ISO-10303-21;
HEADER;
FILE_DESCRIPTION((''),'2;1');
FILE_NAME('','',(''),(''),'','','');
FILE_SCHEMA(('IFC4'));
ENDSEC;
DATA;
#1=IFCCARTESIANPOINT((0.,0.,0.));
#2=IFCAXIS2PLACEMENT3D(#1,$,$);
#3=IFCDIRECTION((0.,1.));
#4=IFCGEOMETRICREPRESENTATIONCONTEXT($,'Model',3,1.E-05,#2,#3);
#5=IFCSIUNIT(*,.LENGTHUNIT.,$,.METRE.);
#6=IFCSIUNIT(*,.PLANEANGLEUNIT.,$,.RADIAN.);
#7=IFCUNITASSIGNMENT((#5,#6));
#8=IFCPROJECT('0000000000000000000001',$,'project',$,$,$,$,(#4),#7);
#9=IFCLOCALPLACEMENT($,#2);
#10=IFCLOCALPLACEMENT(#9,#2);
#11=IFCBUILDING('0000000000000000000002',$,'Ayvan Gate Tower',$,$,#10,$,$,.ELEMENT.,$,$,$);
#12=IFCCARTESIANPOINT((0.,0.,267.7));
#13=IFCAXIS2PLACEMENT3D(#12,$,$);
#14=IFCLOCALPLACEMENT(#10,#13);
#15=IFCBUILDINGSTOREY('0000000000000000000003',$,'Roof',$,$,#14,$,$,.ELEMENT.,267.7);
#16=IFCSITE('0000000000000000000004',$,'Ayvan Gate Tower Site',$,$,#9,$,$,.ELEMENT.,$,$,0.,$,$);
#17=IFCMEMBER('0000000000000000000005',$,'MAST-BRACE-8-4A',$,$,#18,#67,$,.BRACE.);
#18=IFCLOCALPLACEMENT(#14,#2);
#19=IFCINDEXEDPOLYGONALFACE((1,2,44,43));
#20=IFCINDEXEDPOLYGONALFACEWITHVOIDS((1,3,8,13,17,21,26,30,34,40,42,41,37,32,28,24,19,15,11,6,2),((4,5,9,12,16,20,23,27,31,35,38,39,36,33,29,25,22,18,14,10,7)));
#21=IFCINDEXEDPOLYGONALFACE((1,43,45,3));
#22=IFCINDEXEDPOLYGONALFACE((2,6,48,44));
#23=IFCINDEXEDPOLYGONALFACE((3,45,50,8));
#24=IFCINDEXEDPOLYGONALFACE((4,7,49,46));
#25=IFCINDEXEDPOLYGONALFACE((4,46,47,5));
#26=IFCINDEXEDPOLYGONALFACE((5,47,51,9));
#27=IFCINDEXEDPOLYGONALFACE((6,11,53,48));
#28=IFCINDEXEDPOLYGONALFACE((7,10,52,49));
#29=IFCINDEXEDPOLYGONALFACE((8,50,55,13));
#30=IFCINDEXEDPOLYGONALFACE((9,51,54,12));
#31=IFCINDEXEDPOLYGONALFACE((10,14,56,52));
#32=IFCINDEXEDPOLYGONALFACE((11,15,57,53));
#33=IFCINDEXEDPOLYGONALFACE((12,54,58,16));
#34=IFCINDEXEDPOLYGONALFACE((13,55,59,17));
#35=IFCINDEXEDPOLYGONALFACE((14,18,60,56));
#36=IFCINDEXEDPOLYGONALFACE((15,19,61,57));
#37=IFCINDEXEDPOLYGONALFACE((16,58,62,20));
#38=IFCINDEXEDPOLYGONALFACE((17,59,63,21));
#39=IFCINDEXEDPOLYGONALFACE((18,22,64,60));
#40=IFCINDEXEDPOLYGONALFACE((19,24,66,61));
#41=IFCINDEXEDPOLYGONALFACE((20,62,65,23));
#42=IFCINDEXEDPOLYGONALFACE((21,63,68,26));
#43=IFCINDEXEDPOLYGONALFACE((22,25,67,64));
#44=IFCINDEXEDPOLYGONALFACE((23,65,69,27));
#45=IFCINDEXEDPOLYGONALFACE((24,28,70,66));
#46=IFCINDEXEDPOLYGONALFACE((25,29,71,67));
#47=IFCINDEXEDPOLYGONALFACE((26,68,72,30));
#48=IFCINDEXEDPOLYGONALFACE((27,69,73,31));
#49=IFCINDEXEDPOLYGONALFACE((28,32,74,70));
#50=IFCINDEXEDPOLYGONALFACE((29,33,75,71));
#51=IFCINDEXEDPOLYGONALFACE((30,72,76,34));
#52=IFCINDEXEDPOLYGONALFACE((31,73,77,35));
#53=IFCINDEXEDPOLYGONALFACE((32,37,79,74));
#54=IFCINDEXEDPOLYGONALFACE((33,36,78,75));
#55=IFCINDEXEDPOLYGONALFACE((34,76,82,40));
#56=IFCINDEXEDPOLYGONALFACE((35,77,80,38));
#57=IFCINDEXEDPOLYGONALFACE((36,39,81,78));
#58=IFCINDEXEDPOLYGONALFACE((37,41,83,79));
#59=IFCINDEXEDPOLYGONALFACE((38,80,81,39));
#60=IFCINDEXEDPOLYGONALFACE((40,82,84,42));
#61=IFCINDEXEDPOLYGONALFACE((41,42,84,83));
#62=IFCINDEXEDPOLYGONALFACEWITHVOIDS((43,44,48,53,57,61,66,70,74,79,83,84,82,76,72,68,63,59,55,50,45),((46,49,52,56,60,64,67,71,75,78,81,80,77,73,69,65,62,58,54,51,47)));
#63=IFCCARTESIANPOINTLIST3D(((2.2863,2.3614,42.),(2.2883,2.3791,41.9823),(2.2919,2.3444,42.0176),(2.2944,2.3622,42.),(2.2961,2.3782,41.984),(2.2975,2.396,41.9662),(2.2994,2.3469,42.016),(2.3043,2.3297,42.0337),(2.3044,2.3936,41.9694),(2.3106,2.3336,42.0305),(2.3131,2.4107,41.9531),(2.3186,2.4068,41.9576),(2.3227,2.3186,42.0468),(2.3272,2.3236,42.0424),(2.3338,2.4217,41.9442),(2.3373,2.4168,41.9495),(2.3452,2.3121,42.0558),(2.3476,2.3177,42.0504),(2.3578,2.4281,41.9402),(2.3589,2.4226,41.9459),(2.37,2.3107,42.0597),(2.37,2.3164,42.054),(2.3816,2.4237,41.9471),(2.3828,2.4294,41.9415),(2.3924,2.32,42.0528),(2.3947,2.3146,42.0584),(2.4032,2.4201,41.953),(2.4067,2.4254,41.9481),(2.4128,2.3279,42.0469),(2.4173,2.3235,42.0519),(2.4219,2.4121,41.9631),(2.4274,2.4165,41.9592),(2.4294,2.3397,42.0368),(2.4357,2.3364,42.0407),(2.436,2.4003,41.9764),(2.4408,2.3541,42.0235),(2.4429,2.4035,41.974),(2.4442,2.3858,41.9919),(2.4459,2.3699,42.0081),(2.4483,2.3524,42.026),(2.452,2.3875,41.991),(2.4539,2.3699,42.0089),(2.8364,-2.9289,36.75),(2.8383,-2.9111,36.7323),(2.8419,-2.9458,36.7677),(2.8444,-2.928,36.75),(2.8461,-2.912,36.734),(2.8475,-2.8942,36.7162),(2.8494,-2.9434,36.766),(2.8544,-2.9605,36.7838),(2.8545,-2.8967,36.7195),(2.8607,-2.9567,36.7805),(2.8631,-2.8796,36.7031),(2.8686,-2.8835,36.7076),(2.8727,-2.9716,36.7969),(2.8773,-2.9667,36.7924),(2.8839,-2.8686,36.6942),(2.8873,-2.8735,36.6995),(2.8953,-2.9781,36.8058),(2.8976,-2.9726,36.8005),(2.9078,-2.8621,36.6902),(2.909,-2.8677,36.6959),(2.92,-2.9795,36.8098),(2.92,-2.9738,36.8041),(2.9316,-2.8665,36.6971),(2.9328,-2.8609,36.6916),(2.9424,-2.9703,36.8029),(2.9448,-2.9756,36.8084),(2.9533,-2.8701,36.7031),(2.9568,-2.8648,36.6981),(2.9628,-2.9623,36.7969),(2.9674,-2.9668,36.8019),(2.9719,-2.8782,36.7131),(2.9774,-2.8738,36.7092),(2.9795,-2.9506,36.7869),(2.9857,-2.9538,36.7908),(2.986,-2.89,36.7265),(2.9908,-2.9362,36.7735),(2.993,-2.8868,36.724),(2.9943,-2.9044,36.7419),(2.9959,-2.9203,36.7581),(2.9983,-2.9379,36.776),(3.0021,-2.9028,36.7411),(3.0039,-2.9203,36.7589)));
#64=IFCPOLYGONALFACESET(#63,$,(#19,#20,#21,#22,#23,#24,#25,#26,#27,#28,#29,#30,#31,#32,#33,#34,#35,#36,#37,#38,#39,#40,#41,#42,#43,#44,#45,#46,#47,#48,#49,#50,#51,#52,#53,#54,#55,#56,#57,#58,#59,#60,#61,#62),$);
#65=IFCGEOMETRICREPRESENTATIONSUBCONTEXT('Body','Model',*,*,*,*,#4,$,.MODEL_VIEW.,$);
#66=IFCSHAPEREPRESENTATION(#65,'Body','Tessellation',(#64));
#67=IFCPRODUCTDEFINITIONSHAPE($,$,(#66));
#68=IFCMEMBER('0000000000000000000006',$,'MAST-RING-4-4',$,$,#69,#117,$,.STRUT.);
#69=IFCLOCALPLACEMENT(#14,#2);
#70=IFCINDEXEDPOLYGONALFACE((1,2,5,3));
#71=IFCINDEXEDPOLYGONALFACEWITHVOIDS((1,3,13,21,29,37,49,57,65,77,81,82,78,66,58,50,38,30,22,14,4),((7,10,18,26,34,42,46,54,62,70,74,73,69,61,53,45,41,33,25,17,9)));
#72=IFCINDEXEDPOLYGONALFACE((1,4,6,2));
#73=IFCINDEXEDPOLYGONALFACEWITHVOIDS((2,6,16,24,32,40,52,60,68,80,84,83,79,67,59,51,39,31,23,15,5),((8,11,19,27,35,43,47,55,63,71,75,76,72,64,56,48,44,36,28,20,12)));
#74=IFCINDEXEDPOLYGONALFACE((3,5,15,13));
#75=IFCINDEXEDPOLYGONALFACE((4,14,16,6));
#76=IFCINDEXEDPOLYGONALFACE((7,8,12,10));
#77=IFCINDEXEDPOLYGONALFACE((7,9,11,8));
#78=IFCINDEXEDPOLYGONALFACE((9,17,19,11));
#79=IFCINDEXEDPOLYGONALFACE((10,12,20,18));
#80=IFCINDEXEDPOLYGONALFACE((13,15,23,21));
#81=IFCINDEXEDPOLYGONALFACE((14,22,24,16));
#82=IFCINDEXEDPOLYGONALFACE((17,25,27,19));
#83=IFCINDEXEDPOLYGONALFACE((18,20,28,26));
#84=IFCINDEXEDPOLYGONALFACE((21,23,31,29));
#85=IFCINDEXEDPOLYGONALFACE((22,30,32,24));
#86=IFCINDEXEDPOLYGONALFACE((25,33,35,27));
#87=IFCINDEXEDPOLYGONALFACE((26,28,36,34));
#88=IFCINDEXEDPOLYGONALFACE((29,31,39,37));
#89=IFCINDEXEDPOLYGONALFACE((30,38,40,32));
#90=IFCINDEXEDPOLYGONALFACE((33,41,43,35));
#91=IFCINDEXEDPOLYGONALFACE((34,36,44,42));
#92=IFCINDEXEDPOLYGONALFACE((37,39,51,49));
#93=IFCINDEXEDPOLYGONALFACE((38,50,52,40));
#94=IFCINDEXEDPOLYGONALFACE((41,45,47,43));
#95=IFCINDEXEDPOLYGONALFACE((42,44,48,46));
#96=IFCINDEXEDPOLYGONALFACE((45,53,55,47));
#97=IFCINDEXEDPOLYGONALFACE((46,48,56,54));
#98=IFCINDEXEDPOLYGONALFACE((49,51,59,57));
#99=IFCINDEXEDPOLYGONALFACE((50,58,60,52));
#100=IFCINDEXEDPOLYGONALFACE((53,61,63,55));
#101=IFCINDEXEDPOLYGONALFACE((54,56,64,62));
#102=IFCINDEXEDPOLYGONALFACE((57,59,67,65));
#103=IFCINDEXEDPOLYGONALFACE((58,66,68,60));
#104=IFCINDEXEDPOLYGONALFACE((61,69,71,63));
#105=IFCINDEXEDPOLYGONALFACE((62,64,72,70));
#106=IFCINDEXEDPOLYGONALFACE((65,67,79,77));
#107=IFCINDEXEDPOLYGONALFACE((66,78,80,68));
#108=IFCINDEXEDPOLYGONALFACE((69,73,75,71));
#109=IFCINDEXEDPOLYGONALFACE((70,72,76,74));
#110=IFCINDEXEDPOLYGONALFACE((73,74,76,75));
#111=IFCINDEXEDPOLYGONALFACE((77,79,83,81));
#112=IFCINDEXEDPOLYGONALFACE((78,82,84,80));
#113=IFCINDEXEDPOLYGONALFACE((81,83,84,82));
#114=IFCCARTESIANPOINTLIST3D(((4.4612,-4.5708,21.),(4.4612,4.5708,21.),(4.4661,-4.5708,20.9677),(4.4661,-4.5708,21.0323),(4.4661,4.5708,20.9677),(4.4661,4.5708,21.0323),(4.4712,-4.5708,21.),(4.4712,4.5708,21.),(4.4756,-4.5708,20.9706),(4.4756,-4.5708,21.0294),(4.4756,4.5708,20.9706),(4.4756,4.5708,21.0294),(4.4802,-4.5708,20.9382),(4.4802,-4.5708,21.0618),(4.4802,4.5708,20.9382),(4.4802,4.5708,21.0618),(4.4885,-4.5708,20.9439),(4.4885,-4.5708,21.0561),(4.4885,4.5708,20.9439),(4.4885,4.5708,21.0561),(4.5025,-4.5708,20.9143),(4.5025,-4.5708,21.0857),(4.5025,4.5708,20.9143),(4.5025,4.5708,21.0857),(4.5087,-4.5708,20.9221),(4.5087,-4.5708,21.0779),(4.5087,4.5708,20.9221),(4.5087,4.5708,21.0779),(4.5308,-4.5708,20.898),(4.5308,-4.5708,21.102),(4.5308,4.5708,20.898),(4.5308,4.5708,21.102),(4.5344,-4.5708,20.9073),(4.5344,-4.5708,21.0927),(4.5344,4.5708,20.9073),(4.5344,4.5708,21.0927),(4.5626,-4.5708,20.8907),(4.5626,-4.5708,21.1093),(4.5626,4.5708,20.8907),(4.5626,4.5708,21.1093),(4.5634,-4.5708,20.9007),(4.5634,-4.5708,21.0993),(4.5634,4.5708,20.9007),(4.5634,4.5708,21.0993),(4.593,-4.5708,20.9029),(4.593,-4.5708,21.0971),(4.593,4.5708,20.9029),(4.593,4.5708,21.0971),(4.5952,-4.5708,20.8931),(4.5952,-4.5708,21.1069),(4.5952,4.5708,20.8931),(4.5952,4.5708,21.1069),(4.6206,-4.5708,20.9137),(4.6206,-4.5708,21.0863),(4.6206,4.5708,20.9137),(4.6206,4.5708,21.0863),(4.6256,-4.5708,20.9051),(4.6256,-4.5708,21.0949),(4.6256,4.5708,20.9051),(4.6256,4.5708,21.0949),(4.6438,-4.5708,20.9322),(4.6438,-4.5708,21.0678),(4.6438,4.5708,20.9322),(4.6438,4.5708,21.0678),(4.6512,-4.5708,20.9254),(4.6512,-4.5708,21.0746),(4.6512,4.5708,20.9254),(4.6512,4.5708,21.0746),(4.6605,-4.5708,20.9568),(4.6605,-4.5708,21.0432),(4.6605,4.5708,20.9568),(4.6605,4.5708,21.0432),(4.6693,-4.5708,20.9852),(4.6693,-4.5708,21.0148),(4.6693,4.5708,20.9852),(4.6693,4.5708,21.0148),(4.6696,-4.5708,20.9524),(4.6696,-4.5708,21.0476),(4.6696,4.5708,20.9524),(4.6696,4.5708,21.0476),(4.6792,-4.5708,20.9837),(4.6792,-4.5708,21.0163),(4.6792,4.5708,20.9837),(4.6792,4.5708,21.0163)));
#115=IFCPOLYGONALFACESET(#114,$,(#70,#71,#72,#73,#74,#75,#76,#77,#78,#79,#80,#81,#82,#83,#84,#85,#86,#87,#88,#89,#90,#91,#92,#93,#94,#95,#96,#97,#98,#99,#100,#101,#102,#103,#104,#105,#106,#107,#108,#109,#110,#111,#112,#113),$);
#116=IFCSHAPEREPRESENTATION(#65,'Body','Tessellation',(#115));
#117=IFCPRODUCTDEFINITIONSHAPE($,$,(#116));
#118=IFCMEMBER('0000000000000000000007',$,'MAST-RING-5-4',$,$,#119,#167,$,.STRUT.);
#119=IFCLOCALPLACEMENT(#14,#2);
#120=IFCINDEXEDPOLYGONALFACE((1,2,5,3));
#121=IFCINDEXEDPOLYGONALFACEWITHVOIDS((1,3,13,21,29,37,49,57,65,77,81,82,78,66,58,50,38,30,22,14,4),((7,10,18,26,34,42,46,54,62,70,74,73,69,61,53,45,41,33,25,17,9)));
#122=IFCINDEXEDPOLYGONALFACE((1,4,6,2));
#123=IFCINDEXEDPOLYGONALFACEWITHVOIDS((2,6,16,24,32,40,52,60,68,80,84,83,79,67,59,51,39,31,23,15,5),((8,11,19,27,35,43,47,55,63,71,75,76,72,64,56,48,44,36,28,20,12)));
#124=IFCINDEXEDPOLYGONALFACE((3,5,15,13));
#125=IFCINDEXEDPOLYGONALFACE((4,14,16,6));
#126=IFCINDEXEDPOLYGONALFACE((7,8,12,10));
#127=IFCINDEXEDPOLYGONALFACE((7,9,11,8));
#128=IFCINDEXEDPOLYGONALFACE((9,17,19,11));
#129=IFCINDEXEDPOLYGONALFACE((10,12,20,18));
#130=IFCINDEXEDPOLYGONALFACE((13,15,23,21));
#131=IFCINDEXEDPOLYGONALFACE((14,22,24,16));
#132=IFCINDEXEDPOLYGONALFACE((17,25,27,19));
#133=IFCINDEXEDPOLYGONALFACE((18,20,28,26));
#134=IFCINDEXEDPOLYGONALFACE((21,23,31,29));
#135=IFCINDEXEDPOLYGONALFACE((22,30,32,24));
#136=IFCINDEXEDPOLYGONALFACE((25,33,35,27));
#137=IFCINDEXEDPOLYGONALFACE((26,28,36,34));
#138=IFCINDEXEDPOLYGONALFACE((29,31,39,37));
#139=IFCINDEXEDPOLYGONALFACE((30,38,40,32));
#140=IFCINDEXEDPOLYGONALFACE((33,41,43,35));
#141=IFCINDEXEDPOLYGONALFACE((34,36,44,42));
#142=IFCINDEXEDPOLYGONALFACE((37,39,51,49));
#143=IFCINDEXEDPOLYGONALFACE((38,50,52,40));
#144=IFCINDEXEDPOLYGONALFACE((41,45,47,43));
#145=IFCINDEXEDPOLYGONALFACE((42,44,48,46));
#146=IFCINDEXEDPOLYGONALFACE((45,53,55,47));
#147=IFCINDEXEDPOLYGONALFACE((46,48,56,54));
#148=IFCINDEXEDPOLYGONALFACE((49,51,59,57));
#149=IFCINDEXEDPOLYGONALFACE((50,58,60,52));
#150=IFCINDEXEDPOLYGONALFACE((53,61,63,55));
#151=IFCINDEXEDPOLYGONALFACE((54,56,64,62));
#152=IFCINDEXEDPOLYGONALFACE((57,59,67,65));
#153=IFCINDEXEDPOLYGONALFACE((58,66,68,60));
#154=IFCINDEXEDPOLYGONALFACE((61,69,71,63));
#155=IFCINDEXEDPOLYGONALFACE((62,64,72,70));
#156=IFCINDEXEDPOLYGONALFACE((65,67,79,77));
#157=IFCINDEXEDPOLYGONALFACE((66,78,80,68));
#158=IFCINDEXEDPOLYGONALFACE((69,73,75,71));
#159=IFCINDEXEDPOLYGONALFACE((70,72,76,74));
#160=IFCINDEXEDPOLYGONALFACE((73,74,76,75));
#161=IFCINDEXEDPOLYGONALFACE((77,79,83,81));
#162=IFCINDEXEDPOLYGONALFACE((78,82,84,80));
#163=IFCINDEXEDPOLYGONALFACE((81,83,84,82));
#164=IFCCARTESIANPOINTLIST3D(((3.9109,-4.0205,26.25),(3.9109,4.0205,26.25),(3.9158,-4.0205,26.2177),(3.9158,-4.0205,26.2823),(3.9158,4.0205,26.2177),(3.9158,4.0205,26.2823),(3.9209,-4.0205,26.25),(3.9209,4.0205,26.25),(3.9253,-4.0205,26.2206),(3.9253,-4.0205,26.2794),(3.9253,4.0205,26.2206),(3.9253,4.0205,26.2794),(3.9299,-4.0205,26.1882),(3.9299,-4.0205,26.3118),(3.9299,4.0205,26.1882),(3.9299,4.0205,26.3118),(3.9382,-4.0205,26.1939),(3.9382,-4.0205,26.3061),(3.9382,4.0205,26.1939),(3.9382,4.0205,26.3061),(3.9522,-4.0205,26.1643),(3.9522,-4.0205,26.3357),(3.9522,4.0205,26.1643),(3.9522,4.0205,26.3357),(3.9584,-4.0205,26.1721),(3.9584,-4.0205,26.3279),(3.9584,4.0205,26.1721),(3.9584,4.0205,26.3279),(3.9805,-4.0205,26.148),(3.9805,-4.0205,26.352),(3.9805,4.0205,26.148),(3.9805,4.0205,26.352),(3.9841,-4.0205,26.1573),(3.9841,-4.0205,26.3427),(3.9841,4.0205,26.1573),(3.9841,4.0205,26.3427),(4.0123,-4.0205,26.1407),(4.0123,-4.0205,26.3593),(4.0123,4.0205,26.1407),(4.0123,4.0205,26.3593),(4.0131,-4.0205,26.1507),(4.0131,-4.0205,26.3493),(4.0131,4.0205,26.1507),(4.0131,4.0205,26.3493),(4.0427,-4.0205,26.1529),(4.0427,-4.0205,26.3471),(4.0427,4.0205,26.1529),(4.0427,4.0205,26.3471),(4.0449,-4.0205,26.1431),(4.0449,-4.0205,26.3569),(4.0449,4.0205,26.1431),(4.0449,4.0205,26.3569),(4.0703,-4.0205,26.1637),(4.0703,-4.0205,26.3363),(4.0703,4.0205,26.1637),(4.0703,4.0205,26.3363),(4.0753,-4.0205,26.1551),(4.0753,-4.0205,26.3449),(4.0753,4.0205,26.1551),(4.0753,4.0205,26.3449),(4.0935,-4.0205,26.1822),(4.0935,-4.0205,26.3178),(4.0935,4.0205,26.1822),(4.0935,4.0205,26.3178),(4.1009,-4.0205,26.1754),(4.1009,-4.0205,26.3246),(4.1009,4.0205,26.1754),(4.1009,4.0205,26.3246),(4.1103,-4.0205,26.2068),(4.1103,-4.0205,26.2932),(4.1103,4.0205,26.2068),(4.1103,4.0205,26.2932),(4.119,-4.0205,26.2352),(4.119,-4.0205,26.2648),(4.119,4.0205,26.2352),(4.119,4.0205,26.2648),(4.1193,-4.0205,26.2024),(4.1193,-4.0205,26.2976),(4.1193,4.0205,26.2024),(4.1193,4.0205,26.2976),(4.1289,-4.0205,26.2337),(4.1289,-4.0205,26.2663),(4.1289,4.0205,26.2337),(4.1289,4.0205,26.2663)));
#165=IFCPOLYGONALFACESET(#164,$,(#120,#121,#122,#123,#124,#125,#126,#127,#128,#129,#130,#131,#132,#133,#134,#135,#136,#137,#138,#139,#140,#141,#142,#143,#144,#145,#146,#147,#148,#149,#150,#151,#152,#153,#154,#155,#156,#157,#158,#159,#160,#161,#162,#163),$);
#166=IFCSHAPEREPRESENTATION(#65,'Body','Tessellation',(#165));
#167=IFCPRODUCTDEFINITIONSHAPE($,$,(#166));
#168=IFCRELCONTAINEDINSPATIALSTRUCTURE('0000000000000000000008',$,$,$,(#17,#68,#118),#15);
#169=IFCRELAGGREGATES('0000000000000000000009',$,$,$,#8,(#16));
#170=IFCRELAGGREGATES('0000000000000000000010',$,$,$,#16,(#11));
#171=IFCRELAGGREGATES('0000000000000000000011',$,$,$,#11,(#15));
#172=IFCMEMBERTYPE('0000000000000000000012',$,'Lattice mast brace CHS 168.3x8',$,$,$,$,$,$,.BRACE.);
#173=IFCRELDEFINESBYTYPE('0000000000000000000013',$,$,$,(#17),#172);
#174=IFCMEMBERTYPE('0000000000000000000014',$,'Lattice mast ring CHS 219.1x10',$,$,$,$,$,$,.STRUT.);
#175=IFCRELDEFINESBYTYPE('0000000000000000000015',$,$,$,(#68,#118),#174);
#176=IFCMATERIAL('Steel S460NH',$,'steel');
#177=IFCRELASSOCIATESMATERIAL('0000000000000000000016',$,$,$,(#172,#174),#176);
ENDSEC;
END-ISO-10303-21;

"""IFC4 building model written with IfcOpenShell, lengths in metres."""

from ifc_helpers import new_model, si_unit, direction, frame, origin, origin_2d, place, context, subcontext, project, spatial, hollow_circle, extrude, material, material_profile, profile_set, type_object, element, save


model = new_model("IFC4")

# Units and contexts
model_context = context("Model", 3, precision=1e-05, world=origin(), true_north=direction((0.0, 1.0)))
body_context = subcontext(model_context, "Body", "Model", "MODEL_VIEW")
ifc_project = project(units=[si_unit("LENGTHUNIT", "METRE"), si_unit("PLANEANGLEUNIT", "RADIAN")], contexts=[model_context])

# Site, building, storey
site_placement = place(None, origin())
site = spatial("IfcSite", under=ifc_project, at=site_placement, Name="Ayvan Gate Tower Site", CompositionType="ELEMENT", RefElevation=0.0)
building_placement = place(site_placement, origin())
building = spatial("IfcBuilding", under=site, at=building_placement, Name="Ayvan Gate Tower", CompositionType="ELEMENT")
storey_placement = place(building_placement, frame((0.0, 0.0, 267.7)))
storey = spatial("IfcBuildingStorey", under=building, at=storey_placement, Name="Roof", CompositionType="ELEMENT", Elevation=267.7)

# Members
ifc_material_1 = material(Name="Steel S460NH", Category="steel")
ifc_material_profile_1 = material_profile(ifc_material_1, hollow_circle(Radius=0.0842, WallThickness=0.0081, at=origin_2d()), Name="CHS 168.3x8")
ifc_profile_set_1 = profile_set([ifc_material_profile_1], Name="Steel S460NH")
member_type_1 = type_object("IfcMemberType", Name="Lattice mast brace CHS 168.3x8", PredefinedType="BRACE", material=ifc_profile_set_1)
member_1_placement = place(storey_placement, frame((2.9202, -2.9202, 36.75), z_axis=(-0.073601, 0.707879, 0.702489), x_axis=(-0.994638, -0.103416, 0.0)))
element("IfcMember", 1, at=member_1_placement, inside=storey, type_object=member_type_1, Name="MAST-BRACE-8-4A", PredefinedType="BRACE", context=body_context, shape_type="SweptSolid", body=[
    extrude(hollow_circle(Radius=0.0842, WallThickness=0.0081, at=origin_2d()), origin(), (0.0, 0.0, 1.0), 7.4734),
])
ifc_material_profile_2 = material_profile(ifc_material_1, hollow_circle(Radius=0.1096, WallThickness=0.01, at=origin_2d()), Name="CHS 219.1x10")
ifc_profile_set_2 = profile_set([ifc_material_profile_2], Name="Steel S460NH")
member_type_2 = type_object("IfcMemberType", Name="Lattice mast ring CHS 219.1x10", PredefinedType="STRUT", material=ifc_profile_set_2)
member_2_placement = place(storey_placement, frame((4.5708, -4.5708, 21.0), z_axis=(0.0, 1.0, 0.0), x_axis=(-1.0, 0.0, 0.0)))
element("IfcMember", 2, at=member_2_placement, inside=storey, type_object=member_type_2, Name="MAST-RING-4-4", PredefinedType="STRUT", context=body_context, shape_type="SweptSolid", body=[
    extrude(hollow_circle(Radius=0.1096, WallThickness=0.01, at=origin_2d()), origin(), (0.0, 0.0, 1.0), 9.1416),
])
member_3_placement = place(storey_placement, frame((4.0205, -4.0205, 26.25), z_axis=(0.0, 1.0, 0.0), x_axis=(-1.0, 0.0, 0.0)))
element("IfcMember", 3, at=member_3_placement, inside=storey, type_object=member_type_2, Name="MAST-RING-5-4", PredefinedType="STRUT", context=body_context, shape_type="SweptSolid", body=[
    extrude(hollow_circle(Radius=0.1096, WallThickness=0.01, at=origin_2d()), origin(), (0.0, 0.0, 1.0), 8.041),
])

save(model, "model.ifc")
